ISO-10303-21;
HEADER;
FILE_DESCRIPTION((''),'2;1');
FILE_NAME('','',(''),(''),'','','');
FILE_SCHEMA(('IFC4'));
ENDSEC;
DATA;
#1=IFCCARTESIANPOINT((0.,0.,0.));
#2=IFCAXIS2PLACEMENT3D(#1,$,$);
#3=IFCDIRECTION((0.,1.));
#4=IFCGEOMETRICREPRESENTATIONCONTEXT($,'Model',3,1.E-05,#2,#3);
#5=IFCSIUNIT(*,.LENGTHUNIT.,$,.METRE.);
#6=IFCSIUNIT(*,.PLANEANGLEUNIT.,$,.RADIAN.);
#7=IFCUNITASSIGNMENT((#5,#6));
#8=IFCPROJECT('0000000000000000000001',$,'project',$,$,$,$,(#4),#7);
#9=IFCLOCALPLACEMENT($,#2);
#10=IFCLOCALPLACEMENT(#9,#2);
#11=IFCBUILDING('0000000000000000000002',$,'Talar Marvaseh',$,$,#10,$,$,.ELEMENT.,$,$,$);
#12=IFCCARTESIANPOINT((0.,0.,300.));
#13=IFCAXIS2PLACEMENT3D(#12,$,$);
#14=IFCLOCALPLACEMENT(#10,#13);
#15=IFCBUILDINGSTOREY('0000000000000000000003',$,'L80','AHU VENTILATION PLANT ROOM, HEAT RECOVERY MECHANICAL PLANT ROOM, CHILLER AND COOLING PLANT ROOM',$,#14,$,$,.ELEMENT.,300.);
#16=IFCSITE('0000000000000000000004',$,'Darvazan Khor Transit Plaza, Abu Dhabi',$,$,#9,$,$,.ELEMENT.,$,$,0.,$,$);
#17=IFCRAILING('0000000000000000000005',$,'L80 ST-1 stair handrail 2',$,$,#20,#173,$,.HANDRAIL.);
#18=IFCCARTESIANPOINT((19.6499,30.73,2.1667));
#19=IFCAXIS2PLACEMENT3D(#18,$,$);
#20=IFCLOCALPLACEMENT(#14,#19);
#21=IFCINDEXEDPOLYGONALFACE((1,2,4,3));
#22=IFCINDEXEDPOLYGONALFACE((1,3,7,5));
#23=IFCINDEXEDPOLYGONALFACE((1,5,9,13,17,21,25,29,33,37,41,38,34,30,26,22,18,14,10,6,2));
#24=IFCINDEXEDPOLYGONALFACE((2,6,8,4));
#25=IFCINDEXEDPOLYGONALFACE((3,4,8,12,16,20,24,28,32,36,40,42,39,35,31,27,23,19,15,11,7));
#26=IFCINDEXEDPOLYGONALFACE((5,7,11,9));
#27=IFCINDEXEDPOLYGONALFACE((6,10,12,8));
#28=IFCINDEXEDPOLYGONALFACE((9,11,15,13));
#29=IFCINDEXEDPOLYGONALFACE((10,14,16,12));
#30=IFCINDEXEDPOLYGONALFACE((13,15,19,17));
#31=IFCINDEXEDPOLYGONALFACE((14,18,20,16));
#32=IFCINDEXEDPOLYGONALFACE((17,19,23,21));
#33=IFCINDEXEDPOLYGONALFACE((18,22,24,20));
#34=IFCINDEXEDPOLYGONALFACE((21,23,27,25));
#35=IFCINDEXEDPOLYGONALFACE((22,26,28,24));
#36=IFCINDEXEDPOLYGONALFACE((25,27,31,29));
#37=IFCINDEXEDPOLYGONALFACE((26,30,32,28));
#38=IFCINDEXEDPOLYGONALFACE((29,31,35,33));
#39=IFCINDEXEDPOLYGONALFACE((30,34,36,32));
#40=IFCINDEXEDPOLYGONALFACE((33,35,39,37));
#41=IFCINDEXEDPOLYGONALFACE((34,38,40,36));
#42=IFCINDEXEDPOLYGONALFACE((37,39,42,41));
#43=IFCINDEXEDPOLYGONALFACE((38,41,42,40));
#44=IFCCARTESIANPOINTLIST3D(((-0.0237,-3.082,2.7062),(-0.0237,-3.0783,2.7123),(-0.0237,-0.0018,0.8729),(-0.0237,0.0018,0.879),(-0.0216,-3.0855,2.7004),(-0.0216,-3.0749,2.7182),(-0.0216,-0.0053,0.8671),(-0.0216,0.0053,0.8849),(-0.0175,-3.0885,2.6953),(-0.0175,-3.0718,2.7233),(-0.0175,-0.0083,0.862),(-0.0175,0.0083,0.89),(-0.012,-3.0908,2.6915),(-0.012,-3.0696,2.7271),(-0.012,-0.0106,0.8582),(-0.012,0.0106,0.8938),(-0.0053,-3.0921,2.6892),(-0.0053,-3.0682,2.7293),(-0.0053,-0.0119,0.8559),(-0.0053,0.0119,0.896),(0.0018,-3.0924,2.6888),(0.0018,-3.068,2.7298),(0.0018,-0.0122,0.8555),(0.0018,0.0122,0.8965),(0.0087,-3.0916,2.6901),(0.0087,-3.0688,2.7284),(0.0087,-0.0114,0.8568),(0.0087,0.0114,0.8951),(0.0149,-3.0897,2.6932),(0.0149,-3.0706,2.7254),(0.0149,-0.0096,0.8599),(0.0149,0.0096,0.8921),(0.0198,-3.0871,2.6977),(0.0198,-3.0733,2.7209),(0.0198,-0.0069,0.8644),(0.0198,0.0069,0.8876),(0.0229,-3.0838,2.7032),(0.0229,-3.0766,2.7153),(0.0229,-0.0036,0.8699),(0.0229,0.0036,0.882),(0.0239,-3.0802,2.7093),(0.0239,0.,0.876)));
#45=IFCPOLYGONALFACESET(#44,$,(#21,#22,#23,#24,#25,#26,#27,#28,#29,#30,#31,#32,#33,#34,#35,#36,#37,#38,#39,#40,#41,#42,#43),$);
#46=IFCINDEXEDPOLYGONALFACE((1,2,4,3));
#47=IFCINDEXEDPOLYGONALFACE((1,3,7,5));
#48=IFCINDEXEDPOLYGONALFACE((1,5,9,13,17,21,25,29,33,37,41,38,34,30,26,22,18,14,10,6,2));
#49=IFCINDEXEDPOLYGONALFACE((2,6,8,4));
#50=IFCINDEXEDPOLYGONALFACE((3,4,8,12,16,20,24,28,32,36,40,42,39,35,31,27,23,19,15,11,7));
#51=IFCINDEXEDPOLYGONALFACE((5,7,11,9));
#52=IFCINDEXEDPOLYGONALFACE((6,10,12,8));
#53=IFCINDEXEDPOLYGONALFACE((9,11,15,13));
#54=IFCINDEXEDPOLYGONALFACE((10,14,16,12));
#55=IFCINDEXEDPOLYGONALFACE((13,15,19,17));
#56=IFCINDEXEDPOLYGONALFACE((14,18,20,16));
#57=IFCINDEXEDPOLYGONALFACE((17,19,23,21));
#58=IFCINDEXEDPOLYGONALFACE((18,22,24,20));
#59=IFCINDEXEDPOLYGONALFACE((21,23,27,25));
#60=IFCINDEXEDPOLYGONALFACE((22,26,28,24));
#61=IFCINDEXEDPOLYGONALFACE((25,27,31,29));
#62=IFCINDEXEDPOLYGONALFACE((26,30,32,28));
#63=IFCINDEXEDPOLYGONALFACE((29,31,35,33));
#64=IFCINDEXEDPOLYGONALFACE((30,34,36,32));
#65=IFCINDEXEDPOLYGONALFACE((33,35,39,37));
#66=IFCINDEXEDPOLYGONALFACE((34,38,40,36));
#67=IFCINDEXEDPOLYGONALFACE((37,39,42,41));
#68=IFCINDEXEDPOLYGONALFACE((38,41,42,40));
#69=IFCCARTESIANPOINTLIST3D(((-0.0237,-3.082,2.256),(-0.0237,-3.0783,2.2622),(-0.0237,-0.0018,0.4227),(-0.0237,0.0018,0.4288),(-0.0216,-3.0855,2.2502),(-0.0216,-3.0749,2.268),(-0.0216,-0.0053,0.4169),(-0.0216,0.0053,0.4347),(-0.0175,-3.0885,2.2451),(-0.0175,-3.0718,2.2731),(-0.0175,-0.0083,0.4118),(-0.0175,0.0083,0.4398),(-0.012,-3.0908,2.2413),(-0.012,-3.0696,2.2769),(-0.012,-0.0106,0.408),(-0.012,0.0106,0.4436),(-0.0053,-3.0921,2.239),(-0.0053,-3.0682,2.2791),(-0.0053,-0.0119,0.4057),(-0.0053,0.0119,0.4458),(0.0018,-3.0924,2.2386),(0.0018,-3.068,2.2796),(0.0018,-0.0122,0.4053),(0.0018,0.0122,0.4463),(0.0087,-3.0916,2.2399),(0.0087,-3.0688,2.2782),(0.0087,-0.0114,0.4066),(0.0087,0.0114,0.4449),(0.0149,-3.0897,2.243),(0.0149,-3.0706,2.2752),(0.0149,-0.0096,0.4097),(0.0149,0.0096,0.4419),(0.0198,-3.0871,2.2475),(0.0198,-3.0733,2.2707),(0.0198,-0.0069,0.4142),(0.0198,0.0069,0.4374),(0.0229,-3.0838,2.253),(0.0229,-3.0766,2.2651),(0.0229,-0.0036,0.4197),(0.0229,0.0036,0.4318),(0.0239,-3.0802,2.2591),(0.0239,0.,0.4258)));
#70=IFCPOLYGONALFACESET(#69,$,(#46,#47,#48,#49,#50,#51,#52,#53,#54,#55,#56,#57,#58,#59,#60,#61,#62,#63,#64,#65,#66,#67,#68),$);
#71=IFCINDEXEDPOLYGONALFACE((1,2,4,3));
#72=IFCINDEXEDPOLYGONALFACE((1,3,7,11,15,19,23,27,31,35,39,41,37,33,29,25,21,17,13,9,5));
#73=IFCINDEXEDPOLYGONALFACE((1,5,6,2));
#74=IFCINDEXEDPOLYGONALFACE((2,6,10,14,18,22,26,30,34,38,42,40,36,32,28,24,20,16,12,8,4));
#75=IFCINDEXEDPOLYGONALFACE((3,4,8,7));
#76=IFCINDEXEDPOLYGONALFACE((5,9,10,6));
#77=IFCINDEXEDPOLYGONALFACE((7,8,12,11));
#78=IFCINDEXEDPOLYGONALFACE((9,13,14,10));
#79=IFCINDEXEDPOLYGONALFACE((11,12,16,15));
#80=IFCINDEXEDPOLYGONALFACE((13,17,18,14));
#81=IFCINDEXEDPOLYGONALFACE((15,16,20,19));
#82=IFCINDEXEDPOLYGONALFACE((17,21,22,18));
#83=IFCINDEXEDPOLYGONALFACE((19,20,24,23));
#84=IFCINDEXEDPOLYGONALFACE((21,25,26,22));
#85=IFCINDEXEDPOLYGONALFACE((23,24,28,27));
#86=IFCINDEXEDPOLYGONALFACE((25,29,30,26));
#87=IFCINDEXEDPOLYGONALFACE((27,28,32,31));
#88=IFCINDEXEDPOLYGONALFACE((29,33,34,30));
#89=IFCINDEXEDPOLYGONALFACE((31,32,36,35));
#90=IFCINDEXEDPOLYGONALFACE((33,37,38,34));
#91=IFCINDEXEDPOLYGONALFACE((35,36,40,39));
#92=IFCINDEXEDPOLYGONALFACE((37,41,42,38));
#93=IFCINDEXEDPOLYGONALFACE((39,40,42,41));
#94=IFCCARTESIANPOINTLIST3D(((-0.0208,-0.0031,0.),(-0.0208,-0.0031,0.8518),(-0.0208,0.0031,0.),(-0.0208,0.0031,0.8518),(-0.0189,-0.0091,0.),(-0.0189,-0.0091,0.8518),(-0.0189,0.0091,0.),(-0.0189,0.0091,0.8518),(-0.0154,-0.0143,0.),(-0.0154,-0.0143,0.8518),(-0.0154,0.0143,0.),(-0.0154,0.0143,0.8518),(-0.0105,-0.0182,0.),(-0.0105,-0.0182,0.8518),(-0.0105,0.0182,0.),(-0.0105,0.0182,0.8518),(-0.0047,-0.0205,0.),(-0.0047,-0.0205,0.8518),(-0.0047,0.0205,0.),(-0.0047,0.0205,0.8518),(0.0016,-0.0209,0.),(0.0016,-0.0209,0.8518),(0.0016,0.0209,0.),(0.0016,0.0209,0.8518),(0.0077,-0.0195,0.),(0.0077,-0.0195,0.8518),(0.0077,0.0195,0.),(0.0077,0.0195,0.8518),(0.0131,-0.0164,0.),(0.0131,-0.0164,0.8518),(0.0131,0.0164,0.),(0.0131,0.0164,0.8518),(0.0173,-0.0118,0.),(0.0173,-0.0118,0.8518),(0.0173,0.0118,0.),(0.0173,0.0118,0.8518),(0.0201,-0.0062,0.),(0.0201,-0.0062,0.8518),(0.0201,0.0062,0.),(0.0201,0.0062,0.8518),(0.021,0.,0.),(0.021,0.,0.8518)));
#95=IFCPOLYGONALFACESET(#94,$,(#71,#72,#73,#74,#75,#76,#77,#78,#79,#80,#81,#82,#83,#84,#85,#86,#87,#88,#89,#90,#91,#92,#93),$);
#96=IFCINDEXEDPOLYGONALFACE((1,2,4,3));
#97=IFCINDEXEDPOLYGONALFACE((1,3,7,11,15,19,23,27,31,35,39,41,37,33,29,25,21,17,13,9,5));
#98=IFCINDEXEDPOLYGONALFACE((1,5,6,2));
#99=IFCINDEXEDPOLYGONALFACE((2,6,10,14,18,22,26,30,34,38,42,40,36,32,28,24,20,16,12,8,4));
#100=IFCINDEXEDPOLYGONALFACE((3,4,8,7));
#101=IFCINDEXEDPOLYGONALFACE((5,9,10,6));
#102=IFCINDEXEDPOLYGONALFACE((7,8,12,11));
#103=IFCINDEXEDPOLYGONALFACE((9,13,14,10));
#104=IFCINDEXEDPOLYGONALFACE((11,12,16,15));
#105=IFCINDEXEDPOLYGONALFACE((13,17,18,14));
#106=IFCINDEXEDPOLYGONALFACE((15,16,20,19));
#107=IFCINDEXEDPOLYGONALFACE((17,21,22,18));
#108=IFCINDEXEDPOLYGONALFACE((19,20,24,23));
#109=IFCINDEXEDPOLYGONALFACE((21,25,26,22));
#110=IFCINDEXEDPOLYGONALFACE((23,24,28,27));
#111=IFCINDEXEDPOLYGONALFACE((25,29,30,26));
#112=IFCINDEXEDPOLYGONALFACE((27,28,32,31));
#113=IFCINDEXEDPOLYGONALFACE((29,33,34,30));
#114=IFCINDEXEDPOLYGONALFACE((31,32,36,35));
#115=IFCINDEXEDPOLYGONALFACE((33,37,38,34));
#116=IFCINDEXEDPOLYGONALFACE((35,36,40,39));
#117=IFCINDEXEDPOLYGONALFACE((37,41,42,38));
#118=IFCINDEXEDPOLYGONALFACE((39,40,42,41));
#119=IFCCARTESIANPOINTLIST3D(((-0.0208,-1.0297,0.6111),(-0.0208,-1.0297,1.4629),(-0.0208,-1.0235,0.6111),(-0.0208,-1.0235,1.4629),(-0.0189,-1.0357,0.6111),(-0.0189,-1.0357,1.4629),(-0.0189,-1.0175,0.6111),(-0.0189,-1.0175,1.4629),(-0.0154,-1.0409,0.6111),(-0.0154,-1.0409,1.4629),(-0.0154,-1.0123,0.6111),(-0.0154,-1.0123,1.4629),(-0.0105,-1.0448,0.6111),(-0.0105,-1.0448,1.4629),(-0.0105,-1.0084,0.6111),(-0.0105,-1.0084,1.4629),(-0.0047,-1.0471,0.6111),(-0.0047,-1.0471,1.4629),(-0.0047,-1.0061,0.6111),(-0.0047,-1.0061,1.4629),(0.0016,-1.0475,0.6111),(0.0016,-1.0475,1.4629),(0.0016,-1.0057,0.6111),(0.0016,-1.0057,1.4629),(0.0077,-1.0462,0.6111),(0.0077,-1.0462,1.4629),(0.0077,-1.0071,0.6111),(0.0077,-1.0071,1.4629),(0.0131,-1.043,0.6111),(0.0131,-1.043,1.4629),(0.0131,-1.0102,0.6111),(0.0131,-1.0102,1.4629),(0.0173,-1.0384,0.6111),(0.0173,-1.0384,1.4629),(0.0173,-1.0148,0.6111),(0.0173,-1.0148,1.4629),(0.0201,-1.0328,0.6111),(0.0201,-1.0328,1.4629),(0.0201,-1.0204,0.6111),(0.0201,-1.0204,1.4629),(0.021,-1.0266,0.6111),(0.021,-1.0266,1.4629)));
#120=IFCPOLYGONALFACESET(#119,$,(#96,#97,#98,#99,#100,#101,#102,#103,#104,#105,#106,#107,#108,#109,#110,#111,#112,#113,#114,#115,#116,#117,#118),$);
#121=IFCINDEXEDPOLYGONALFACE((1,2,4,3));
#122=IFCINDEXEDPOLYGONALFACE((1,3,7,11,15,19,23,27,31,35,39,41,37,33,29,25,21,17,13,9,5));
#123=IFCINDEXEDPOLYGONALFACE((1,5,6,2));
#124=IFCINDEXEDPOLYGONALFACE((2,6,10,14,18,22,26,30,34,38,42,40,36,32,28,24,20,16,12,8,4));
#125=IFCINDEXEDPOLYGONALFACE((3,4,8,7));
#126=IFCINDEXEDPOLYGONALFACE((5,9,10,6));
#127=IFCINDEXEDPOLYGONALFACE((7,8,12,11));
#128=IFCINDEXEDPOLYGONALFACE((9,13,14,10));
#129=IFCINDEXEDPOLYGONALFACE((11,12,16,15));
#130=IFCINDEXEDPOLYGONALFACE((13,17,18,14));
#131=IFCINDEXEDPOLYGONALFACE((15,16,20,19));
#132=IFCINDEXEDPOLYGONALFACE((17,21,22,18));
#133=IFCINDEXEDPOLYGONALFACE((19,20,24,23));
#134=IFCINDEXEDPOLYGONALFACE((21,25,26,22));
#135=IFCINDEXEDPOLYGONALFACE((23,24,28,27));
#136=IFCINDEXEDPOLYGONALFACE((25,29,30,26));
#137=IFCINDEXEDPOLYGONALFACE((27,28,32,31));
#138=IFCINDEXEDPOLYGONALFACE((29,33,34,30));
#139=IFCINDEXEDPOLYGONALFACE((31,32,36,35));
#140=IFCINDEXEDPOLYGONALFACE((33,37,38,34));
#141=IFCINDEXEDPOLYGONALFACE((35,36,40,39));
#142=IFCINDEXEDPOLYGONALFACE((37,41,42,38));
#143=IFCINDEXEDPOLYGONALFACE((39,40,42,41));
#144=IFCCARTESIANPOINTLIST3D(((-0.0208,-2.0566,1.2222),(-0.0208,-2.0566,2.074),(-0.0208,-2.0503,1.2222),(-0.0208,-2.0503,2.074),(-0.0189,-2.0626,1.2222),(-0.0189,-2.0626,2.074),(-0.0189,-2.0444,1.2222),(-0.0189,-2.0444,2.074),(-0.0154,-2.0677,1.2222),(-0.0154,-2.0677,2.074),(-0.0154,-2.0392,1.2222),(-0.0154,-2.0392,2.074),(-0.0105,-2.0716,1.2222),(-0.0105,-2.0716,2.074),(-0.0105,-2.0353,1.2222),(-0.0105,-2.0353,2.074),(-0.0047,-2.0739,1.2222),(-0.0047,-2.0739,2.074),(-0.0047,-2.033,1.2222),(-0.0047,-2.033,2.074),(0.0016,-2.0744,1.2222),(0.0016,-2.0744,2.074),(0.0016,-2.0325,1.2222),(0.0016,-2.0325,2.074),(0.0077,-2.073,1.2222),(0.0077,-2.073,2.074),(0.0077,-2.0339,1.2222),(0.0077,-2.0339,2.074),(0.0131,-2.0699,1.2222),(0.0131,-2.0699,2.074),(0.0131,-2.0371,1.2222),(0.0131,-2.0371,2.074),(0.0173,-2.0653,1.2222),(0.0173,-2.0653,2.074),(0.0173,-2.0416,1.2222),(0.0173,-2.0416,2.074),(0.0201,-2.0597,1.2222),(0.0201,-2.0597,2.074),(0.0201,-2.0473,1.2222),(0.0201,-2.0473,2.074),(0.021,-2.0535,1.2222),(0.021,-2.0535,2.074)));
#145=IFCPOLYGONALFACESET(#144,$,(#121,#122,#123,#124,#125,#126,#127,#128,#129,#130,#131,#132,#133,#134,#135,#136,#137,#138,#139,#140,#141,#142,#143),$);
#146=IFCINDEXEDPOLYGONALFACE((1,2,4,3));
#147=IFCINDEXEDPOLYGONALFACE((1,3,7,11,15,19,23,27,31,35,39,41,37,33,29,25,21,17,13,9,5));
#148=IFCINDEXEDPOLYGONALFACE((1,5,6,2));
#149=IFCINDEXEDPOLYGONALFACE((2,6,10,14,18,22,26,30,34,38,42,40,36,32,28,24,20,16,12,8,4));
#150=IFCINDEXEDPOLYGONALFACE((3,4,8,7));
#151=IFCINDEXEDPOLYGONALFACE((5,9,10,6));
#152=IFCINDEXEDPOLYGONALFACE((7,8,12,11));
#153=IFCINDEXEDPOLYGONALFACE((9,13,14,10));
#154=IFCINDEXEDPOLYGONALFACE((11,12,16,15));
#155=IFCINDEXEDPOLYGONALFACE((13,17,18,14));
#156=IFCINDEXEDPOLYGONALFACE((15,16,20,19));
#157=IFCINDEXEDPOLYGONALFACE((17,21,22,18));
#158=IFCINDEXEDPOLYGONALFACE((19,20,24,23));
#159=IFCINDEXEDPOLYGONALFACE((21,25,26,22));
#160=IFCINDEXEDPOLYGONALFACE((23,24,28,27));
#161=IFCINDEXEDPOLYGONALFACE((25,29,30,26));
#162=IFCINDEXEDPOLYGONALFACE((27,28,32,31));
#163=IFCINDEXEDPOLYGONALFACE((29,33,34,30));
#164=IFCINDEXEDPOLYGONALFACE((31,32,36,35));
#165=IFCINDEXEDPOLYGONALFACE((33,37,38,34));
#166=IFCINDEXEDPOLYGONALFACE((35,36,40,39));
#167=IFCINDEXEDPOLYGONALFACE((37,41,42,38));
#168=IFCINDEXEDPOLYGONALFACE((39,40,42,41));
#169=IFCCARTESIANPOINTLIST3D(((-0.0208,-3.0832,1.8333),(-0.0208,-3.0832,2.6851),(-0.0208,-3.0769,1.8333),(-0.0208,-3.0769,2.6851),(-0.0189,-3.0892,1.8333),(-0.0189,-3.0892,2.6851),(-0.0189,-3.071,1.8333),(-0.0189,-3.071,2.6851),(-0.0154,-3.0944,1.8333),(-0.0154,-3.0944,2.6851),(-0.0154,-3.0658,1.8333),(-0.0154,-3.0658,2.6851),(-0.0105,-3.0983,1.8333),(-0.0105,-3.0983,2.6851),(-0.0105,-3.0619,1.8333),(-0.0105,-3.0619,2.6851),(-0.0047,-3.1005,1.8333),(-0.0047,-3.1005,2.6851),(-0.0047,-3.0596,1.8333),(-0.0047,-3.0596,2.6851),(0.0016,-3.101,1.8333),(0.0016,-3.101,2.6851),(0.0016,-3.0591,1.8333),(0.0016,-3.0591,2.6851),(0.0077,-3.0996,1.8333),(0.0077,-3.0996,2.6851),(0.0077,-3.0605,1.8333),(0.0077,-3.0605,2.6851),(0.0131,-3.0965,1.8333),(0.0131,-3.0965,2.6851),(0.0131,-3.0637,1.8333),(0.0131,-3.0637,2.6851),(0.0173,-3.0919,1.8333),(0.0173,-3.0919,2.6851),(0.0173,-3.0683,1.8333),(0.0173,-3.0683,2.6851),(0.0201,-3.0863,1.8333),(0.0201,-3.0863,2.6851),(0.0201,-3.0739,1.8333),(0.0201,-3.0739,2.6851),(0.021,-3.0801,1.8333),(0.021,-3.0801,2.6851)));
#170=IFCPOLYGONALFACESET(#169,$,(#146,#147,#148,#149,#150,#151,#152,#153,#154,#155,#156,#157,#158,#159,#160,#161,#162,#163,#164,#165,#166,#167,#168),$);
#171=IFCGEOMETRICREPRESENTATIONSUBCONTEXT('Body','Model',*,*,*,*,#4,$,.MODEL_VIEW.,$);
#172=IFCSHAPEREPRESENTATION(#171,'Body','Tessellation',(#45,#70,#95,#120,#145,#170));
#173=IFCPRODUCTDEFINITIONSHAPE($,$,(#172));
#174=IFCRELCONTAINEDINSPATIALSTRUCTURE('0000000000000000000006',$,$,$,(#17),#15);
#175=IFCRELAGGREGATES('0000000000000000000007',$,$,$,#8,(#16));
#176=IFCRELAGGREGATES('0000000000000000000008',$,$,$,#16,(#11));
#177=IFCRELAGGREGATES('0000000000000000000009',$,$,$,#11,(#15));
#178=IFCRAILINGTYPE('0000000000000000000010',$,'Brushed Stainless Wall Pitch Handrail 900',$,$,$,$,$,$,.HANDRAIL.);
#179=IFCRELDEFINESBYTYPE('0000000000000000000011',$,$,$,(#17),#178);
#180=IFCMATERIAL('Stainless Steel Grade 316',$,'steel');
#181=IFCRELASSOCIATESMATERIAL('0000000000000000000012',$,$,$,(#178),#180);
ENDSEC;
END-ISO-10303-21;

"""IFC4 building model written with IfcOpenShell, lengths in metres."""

from ifc_helpers import new_model, si_unit, direction, frame, origin, origin_2d, place, context, subcontext, project, spatial, circle, extrude, material, type_object, element, save


model = new_model("IFC4")

# Units and contexts
model_context = context("Model", 3, precision=1e-05, world=origin(), true_north=direction((0.0, 1.0)))
body_context = subcontext(model_context, "Body", "Model", "MODEL_VIEW")
ifc_project = project(units=[si_unit("LENGTHUNIT", "METRE"), si_unit("PLANEANGLEUNIT", "RADIAN")], contexts=[model_context])

# Site, building, storey
site_placement = place(None, origin())
site = spatial("IfcSite", under=ifc_project, at=site_placement, Name="Darvazan Khor Transit Plaza, Abu Dhabi", CompositionType="ELEMENT", RefElevation=0.0)
building_placement = place(site_placement, origin())
building = spatial("IfcBuilding", under=site, at=building_placement, Name="Talar Marvaseh", CompositionType="ELEMENT")
storey_placement = place(building_placement, frame((0.0, 0.0, 300.0)))
storey = spatial("IfcBuildingStorey", under=building, at=storey_placement, Name="L80", Description="AHU VENTILATION PLANT ROOM, HEAT RECOVERY MECHANICAL PLANT ROOM, CHILLER AND COOLING PLANT ROOM", CompositionType="ELEMENT", Elevation=300.0)

# Shared definitions
ifc_material_1 = material(Name="Stainless Steel Grade 316", Category="steel")

# Railing
railing_type_1 = type_object("IfcRailingType", Name="Brushed Stainless Wall Pitch Handrail 900", PredefinedType="HANDRAIL", material=ifc_material_1)
railing_1_placement = place(storey_placement, frame((19.6499, 30.73, 2.1667)))
element("IfcRailing", 1, at=railing_1_placement, inside=storey, type_object=railing_type_1, Name="L80 ST-1 stair handrail 2", PredefinedType="HANDRAIL", context=body_context, shape_type="SweptSolid", body=[
    extrude(circle(Radius=0.0239, at=origin_2d()), frame((0.0, 0.0, 0.876), z_axis=(0.0, -0.859309, 0.511458), x_axis=(1.0, 0.0, 0.0)), (0.0, 0.0, 1.0), 3.5845),
    extrude(circle(Radius=0.0239, at=origin_2d()), frame((0.0, 0.0, 0.4258), z_axis=(0.0, -0.859309, 0.511458), x_axis=(1.0, 0.0, 0.0)), (0.0, 0.0, 1.0), 3.5845),
    extrude(circle(Radius=0.021, at=origin_2d()), origin(), (0.0, 0.0, 1.0), 0.8518),
    extrude(circle(Radius=0.021, at=origin_2d()), frame((0.0, -1.0266, 0.6111)), (0.0, 0.0, 1.0), 0.8518),
    extrude(circle(Radius=0.021, at=origin_2d()), frame((0.0, -2.0535, 1.2222)), (0.0, 0.0, 1.0), 0.8518),
    extrude(circle(Radius=0.021, at=origin_2d()), frame((0.0, -3.0801, 1.8333)), (0.0, 0.0, 1.0), 0.8518),
])

save(model, "model.ifc")
